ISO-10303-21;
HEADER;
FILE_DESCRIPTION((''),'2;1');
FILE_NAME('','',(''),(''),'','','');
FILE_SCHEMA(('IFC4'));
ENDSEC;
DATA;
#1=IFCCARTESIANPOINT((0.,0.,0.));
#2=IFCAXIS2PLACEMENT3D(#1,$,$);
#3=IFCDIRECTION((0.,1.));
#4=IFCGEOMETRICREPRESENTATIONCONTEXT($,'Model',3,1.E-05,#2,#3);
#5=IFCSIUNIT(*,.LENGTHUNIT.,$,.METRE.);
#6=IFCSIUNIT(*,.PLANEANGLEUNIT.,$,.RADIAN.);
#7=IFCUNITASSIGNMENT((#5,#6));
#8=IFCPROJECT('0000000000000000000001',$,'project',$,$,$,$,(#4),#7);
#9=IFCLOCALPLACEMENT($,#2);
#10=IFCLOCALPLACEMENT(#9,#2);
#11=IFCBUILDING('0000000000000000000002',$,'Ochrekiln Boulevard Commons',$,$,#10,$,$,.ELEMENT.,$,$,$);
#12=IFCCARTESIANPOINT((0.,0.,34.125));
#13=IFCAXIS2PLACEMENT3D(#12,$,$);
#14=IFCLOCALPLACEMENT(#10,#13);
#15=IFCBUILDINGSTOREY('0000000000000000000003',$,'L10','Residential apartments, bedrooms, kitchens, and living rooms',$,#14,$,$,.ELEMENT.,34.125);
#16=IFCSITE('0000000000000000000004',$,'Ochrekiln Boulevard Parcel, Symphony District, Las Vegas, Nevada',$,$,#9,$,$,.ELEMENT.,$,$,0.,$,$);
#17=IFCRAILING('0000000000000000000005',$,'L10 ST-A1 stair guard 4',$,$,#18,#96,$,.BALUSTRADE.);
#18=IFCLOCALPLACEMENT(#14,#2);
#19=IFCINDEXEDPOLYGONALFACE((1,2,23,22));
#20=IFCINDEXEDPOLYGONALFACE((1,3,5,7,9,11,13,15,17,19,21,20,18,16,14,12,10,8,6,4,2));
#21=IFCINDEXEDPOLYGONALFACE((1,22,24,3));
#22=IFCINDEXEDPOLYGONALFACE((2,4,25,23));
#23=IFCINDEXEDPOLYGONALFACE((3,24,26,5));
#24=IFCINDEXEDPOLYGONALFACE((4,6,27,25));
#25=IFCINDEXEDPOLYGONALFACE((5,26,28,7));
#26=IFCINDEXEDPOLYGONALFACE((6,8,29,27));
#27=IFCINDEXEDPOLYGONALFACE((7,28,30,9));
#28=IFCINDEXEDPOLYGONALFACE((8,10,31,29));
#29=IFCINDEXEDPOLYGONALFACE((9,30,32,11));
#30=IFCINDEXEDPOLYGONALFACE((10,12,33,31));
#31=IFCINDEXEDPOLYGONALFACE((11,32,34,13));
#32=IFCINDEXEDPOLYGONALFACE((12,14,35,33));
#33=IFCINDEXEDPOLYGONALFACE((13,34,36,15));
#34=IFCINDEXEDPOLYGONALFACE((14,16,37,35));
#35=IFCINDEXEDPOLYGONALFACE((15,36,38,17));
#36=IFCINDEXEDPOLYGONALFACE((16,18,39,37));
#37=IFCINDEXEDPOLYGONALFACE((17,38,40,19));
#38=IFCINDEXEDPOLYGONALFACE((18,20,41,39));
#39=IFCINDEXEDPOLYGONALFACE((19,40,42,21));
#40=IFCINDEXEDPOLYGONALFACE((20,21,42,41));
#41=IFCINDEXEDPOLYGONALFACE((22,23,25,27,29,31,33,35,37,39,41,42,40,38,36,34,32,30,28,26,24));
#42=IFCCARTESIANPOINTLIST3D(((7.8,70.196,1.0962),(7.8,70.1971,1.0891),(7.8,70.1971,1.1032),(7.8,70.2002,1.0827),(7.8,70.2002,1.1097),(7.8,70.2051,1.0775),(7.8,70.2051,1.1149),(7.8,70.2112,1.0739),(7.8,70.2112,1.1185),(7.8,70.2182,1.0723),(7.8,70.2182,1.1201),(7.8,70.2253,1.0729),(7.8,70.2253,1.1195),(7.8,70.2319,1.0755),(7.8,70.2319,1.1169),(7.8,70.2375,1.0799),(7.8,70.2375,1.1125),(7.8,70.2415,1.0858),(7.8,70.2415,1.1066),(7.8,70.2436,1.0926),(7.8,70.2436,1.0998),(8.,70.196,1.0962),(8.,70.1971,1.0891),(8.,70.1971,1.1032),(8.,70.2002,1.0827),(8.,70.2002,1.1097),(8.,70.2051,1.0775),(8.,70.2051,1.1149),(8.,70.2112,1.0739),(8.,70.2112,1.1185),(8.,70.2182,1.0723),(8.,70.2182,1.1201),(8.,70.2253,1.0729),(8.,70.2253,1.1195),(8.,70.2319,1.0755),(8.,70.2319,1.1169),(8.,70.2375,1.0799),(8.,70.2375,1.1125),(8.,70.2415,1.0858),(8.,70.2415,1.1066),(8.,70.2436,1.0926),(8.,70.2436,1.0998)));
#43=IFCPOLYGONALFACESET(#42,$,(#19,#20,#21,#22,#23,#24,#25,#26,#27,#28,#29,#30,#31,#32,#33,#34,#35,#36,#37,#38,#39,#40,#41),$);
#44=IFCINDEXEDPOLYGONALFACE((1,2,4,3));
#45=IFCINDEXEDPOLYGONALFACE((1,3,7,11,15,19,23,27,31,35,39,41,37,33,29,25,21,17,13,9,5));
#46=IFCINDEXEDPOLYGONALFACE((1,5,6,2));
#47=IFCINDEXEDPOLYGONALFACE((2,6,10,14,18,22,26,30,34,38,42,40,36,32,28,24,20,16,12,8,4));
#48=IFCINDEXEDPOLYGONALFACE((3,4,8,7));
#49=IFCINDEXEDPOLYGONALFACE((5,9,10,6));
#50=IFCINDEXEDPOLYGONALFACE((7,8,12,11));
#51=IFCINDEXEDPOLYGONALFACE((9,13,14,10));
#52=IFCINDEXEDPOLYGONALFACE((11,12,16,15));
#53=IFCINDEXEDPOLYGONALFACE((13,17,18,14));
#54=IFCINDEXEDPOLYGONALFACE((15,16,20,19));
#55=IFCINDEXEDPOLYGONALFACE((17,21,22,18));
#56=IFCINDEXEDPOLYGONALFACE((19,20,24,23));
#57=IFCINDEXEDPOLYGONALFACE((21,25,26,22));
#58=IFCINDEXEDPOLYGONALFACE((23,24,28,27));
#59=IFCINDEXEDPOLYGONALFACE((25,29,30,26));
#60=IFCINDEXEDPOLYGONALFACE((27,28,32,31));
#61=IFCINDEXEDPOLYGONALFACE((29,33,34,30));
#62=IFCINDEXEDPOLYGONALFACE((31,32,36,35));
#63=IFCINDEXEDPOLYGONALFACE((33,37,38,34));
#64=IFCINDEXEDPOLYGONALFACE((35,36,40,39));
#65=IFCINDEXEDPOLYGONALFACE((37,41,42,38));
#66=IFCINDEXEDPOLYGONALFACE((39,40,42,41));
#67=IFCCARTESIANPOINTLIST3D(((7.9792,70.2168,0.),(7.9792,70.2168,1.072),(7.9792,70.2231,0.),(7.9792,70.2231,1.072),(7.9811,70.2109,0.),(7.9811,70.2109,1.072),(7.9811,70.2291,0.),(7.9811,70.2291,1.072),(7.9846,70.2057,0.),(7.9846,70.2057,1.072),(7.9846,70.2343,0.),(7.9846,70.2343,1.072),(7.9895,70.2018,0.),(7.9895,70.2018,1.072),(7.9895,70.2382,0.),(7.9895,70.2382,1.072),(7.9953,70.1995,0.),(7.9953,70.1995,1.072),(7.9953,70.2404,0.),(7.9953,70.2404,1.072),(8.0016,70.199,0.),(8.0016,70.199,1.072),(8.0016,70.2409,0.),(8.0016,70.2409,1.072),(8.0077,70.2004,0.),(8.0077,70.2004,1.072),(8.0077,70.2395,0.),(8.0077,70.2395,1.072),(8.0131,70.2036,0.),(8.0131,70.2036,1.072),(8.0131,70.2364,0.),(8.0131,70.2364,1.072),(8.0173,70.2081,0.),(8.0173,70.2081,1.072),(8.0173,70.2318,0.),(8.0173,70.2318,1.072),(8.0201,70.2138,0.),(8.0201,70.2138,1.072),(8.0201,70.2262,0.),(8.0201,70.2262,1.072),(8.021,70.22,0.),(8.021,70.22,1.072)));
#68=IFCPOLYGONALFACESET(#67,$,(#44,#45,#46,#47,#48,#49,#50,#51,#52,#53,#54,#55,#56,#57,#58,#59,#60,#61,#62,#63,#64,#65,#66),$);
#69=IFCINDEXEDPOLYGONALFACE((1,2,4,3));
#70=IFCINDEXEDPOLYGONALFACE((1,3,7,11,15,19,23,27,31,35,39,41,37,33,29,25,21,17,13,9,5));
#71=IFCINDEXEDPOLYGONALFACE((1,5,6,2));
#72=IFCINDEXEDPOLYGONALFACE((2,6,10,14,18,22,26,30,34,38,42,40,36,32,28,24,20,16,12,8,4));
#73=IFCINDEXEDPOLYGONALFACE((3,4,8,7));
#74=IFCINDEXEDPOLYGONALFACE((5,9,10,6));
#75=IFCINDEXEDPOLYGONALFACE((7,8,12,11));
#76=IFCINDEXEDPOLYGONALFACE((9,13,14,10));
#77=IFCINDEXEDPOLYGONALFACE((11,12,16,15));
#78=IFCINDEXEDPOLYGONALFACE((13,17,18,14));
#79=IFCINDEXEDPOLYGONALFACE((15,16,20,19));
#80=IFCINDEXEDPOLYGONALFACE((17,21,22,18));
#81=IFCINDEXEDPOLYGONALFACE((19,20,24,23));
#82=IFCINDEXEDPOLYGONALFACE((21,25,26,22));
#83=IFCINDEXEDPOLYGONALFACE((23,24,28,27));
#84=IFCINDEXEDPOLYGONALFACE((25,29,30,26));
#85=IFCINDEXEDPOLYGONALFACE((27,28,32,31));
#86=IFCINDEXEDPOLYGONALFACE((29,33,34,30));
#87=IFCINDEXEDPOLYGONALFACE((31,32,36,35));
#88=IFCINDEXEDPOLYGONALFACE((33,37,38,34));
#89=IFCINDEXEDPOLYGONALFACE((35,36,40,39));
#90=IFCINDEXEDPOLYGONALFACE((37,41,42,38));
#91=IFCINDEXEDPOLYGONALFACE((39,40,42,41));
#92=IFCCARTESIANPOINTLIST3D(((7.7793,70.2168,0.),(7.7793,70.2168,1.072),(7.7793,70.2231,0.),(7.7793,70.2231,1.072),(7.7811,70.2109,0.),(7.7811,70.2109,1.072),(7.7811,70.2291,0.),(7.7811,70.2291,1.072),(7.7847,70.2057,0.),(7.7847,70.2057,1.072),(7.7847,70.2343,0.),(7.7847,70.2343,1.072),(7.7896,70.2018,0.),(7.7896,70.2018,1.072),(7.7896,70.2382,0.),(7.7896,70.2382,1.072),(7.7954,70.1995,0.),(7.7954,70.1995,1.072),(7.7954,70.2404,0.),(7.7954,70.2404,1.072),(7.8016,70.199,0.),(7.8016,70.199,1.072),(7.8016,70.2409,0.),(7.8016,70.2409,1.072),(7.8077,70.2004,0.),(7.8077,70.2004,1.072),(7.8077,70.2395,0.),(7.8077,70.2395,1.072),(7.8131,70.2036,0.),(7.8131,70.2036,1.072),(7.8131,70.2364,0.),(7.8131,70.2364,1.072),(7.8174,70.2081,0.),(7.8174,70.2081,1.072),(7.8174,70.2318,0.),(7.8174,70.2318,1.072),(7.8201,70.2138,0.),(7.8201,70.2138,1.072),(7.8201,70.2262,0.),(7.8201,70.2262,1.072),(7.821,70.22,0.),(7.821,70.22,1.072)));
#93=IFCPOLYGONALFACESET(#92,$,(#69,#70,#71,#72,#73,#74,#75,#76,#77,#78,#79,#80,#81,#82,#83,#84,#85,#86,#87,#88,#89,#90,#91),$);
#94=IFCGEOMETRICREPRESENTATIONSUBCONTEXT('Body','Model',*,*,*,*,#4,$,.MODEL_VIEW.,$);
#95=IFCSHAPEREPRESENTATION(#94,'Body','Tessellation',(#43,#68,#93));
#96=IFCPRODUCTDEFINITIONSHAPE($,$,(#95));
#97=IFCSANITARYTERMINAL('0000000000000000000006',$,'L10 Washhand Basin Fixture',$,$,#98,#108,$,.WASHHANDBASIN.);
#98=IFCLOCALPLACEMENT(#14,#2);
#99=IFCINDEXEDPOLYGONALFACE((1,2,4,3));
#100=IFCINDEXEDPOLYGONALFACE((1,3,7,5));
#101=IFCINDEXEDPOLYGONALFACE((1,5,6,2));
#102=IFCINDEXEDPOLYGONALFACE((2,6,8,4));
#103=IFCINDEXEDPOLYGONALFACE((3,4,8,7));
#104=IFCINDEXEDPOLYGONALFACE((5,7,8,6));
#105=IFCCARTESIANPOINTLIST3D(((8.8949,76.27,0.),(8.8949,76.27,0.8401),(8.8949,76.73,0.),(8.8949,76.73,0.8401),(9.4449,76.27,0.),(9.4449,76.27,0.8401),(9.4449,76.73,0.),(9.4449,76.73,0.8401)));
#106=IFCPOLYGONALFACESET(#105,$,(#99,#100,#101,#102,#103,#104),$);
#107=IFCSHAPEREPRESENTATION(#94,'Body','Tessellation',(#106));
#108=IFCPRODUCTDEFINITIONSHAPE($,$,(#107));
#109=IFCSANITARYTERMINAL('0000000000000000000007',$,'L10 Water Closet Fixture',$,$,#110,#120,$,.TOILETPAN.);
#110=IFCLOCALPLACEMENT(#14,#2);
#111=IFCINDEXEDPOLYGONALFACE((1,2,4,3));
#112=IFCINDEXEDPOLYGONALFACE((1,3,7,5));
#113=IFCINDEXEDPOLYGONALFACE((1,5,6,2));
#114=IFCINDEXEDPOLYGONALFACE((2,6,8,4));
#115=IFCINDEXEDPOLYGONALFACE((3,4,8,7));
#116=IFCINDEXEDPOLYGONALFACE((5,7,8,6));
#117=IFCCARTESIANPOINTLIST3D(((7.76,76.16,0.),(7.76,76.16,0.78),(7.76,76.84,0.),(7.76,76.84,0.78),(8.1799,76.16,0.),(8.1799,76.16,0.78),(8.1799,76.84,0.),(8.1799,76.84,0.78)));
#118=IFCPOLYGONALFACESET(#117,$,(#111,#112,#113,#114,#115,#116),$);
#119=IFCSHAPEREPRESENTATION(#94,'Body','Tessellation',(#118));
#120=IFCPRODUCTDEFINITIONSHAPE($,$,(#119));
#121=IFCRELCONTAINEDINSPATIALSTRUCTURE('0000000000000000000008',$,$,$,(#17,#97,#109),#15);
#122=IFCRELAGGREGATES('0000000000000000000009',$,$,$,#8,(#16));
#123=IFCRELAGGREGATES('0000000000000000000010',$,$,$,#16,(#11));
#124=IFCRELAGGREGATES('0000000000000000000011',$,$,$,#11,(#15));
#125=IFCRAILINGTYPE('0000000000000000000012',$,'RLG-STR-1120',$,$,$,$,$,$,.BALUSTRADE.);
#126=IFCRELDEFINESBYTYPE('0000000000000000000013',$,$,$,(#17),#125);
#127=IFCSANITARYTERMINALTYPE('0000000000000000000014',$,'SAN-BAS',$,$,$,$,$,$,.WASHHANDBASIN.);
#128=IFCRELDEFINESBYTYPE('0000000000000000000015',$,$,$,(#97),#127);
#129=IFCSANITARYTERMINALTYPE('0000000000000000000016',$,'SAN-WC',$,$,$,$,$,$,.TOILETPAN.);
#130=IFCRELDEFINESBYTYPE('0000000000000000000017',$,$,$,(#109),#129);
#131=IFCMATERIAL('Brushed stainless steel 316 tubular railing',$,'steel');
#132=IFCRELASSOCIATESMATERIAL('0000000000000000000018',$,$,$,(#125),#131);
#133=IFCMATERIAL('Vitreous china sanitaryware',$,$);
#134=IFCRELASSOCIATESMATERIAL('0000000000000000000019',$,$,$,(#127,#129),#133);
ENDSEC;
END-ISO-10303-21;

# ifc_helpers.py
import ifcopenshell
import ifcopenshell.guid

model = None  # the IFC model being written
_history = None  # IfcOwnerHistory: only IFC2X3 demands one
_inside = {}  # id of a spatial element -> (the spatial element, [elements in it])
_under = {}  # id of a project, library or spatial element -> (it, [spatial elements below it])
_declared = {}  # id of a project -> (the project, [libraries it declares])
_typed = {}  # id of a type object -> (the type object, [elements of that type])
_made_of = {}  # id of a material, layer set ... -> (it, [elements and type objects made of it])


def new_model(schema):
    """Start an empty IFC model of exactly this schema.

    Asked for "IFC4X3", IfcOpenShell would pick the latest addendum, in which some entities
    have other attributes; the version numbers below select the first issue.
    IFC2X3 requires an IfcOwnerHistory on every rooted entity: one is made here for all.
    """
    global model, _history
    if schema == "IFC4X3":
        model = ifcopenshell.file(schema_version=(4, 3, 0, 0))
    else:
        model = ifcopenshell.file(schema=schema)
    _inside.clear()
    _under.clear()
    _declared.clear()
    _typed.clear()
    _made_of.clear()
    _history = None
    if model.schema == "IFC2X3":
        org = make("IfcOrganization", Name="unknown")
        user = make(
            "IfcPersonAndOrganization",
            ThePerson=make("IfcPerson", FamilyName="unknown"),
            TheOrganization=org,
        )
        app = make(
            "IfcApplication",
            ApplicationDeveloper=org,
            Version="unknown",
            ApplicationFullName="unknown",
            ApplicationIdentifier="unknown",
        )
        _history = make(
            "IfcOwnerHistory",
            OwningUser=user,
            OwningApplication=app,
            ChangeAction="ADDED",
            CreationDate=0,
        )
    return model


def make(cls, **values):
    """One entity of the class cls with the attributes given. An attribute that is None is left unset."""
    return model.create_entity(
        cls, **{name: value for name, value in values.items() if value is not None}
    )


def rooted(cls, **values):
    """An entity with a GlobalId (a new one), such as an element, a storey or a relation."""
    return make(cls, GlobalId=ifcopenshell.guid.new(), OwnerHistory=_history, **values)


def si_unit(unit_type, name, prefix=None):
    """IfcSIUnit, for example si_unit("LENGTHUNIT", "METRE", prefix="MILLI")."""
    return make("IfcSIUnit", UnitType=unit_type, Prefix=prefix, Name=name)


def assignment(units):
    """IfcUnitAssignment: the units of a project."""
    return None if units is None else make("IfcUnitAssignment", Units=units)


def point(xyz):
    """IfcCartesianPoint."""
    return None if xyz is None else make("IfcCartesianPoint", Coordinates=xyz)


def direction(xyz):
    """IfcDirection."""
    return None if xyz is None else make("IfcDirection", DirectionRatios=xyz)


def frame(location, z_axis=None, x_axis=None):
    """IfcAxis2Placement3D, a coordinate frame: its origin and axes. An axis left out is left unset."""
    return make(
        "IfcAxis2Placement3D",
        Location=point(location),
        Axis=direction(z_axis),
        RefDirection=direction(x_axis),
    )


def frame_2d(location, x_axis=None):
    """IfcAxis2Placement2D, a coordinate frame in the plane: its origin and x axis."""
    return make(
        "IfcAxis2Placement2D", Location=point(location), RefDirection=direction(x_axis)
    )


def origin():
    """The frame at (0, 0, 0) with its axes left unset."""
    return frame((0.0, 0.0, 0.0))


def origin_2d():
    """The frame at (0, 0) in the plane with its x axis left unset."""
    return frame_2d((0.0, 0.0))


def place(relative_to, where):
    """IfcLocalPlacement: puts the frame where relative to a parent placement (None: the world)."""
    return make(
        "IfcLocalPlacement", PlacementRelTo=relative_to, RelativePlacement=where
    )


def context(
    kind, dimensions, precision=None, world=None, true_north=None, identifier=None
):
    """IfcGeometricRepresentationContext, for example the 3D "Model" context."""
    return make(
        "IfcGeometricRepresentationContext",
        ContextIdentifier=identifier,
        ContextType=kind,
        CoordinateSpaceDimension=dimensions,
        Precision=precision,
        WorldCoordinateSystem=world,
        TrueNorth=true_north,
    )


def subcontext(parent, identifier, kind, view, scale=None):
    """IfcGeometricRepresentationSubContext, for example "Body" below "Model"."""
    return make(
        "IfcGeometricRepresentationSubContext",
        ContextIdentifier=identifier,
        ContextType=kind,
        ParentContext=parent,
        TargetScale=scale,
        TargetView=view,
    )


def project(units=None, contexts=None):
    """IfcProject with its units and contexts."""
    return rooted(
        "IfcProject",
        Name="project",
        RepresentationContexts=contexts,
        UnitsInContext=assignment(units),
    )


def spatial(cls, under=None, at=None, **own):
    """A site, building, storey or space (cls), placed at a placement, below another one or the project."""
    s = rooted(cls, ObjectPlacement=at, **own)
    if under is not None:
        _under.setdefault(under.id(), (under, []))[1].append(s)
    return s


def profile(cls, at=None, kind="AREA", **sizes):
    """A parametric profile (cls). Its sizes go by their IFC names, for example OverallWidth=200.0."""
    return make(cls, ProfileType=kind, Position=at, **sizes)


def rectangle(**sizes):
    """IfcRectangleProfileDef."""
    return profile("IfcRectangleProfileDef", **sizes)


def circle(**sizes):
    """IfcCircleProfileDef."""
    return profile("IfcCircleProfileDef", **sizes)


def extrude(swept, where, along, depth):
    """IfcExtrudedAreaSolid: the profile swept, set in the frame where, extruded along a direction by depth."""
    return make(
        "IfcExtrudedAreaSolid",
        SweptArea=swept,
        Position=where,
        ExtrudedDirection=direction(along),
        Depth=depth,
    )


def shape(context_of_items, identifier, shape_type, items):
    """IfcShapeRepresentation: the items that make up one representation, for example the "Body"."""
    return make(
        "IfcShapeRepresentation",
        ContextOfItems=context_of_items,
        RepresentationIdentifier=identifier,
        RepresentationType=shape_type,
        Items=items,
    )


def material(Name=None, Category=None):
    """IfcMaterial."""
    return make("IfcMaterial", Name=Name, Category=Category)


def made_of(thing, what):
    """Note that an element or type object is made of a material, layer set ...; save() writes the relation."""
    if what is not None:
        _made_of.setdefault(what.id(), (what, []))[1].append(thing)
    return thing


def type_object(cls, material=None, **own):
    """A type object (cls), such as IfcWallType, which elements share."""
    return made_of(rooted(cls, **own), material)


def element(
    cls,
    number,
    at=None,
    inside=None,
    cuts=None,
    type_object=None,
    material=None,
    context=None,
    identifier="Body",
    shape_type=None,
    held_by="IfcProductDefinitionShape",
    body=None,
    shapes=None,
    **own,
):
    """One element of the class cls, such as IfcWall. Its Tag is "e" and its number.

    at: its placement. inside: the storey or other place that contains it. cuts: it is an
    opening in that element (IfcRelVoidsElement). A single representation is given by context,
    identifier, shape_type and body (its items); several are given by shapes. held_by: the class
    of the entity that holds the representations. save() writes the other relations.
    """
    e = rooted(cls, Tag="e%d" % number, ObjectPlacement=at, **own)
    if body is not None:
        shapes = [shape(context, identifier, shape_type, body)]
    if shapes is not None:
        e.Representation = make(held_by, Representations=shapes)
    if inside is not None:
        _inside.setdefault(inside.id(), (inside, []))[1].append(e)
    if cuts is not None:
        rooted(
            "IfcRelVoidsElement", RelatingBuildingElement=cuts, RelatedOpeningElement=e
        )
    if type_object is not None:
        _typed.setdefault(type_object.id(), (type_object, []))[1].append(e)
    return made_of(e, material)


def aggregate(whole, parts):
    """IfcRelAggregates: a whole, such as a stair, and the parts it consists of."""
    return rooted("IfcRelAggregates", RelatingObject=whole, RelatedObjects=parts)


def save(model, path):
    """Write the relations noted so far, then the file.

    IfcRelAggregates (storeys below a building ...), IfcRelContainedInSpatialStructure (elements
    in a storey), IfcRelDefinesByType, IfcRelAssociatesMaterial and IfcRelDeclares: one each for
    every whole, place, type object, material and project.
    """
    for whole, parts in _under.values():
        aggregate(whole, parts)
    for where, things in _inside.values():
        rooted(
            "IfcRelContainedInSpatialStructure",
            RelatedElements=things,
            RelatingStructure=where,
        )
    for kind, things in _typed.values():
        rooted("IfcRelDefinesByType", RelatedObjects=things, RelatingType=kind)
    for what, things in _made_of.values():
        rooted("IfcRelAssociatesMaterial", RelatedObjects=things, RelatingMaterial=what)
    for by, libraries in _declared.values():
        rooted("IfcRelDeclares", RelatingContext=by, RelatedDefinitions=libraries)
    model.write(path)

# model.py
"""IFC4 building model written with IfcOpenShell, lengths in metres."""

from ifc_helpers import new_model, si_unit, direction, frame, origin, origin_2d, place, context, subcontext, project, spatial, rectangle, circle, extrude, material, type_object, element, save


model = new_model("IFC4")

# Units and contexts
model_context = context("Model", 3, precision=1e-05, world=origin(), true_north=direction((0.0, 1.0)))
body_context = subcontext(model_context, "Body", "Model", "MODEL_VIEW")
ifc_project = project(units=[si_unit("LENGTHUNIT", "METRE"), si_unit("PLANEANGLEUNIT", "RADIAN")], contexts=[model_context])

# Site, building, storey
site_placement = place(None, origin())
site = spatial("IfcSite", under=ifc_project, at=site_placement, Name="Ochrekiln Boulevard Parcel, Symphony District, Las Vegas, Nevada", CompositionType="ELEMENT", RefElevation=0.0)
building_placement = place(site_placement, origin())
building = spatial("IfcBuilding", under=site, at=building_placement, Name="Ochrekiln Boulevard Commons", CompositionType="ELEMENT")
storey_placement = place(building_placement, frame((0.0, 0.0, 34.125)))
storey = spatial("IfcBuildingStorey", under=building, at=storey_placement, Name="L10", Description="Residential apartments, bedrooms, kitchens, and living rooms", CompositionType="ELEMENT", Elevation=34.125)

# Railing
ifc_material_1 = material(Name="Brushed stainless steel 316 tubular railing", Category="steel")
railing_type_1 = type_object("IfcRailingType", Name="RLG-STR-1120", PredefinedType="BALUSTRADE", material=ifc_material_1)
railing_1_placement = place(storey_placement, frame((8.0, 70.22, 0.0)))
element("IfcRailing", 1, at=railing_1_placement, inside=storey, type_object=railing_type_1, Name="L10 ST-A1 stair guard 4", PredefinedType="BALUSTRADE", context=body_context, shape_type="SweptSolid", body=[
    extrude(circle(Radius=0.0239, at=origin_2d()), frame((0.0, 0.0, 1.0962), z_axis=(-1.0, 0.0, 0.0), x_axis=(0.0, -1.0, 0.0)), (0.0, 0.0, 1.0), 0.2),
    extrude(circle(Radius=0.021, at=origin_2d()), origin(), (0.0, 0.0, 1.0), 1.072),
    extrude(circle(Radius=0.021, at=origin_2d()), frame((-0.2, 0.0, 0.0)), (0.0, 0.0, 1.0), 1.072),
])

# Sanitary terminals
ifc_material_2 = material(Name="Vitreous china sanitaryware")
sanitary_terminal_type_1 = type_object("IfcSanitaryTerminalType", Name="SAN-BAS", PredefinedType="WASHHANDBASIN", material=ifc_material_2)
sanitary_terminal_1_placement = place(storey_placement, frame((9.1699, 76.5, 0.0), z_axis=(0.0, 0.0, 1.0), x_axis=(1.0, 0.0, 0.0)))
element("IfcSanitaryTerminal", 2, at=sanitary_terminal_1_placement, inside=storey, type_object=sanitary_terminal_type_1, Name="L10 Washhand Basin Fixture", PredefinedType="WASHHANDBASIN", context=body_context, shape_type="SweptSolid", body=[
    extrude(rectangle(XDim=0.55, YDim=0.46, at=origin_2d()), origin(), (0.0, 0.0, 1.0), 0.8401),
])
sanitary_terminal_type_2 = type_object("IfcSanitaryTerminalType", Name="SAN-WC", PredefinedType="TOILETPAN", material=ifc_material_2)
sanitary_terminal_2_placement = place(storey_placement, frame((7.97, 76.5, 0.0), z_axis=(0.0, 0.0, 1.0), x_axis=(1.0, 0.0, 0.0)))
element("IfcSanitaryTerminal", 3, at=sanitary_terminal_2_placement, inside=storey, type_object=sanitary_terminal_type_2, Name="L10 Water Closet Fixture", PredefinedType="TOILETPAN", context=body_context, shape_type="SweptSolid", body=[
    extrude(rectangle(XDim=0.4199, YDim=0.6799, at=origin_2d()), origin(), (0.0, 0.0, 1.0), 0.78),
])

save(model, "model.ifc")
